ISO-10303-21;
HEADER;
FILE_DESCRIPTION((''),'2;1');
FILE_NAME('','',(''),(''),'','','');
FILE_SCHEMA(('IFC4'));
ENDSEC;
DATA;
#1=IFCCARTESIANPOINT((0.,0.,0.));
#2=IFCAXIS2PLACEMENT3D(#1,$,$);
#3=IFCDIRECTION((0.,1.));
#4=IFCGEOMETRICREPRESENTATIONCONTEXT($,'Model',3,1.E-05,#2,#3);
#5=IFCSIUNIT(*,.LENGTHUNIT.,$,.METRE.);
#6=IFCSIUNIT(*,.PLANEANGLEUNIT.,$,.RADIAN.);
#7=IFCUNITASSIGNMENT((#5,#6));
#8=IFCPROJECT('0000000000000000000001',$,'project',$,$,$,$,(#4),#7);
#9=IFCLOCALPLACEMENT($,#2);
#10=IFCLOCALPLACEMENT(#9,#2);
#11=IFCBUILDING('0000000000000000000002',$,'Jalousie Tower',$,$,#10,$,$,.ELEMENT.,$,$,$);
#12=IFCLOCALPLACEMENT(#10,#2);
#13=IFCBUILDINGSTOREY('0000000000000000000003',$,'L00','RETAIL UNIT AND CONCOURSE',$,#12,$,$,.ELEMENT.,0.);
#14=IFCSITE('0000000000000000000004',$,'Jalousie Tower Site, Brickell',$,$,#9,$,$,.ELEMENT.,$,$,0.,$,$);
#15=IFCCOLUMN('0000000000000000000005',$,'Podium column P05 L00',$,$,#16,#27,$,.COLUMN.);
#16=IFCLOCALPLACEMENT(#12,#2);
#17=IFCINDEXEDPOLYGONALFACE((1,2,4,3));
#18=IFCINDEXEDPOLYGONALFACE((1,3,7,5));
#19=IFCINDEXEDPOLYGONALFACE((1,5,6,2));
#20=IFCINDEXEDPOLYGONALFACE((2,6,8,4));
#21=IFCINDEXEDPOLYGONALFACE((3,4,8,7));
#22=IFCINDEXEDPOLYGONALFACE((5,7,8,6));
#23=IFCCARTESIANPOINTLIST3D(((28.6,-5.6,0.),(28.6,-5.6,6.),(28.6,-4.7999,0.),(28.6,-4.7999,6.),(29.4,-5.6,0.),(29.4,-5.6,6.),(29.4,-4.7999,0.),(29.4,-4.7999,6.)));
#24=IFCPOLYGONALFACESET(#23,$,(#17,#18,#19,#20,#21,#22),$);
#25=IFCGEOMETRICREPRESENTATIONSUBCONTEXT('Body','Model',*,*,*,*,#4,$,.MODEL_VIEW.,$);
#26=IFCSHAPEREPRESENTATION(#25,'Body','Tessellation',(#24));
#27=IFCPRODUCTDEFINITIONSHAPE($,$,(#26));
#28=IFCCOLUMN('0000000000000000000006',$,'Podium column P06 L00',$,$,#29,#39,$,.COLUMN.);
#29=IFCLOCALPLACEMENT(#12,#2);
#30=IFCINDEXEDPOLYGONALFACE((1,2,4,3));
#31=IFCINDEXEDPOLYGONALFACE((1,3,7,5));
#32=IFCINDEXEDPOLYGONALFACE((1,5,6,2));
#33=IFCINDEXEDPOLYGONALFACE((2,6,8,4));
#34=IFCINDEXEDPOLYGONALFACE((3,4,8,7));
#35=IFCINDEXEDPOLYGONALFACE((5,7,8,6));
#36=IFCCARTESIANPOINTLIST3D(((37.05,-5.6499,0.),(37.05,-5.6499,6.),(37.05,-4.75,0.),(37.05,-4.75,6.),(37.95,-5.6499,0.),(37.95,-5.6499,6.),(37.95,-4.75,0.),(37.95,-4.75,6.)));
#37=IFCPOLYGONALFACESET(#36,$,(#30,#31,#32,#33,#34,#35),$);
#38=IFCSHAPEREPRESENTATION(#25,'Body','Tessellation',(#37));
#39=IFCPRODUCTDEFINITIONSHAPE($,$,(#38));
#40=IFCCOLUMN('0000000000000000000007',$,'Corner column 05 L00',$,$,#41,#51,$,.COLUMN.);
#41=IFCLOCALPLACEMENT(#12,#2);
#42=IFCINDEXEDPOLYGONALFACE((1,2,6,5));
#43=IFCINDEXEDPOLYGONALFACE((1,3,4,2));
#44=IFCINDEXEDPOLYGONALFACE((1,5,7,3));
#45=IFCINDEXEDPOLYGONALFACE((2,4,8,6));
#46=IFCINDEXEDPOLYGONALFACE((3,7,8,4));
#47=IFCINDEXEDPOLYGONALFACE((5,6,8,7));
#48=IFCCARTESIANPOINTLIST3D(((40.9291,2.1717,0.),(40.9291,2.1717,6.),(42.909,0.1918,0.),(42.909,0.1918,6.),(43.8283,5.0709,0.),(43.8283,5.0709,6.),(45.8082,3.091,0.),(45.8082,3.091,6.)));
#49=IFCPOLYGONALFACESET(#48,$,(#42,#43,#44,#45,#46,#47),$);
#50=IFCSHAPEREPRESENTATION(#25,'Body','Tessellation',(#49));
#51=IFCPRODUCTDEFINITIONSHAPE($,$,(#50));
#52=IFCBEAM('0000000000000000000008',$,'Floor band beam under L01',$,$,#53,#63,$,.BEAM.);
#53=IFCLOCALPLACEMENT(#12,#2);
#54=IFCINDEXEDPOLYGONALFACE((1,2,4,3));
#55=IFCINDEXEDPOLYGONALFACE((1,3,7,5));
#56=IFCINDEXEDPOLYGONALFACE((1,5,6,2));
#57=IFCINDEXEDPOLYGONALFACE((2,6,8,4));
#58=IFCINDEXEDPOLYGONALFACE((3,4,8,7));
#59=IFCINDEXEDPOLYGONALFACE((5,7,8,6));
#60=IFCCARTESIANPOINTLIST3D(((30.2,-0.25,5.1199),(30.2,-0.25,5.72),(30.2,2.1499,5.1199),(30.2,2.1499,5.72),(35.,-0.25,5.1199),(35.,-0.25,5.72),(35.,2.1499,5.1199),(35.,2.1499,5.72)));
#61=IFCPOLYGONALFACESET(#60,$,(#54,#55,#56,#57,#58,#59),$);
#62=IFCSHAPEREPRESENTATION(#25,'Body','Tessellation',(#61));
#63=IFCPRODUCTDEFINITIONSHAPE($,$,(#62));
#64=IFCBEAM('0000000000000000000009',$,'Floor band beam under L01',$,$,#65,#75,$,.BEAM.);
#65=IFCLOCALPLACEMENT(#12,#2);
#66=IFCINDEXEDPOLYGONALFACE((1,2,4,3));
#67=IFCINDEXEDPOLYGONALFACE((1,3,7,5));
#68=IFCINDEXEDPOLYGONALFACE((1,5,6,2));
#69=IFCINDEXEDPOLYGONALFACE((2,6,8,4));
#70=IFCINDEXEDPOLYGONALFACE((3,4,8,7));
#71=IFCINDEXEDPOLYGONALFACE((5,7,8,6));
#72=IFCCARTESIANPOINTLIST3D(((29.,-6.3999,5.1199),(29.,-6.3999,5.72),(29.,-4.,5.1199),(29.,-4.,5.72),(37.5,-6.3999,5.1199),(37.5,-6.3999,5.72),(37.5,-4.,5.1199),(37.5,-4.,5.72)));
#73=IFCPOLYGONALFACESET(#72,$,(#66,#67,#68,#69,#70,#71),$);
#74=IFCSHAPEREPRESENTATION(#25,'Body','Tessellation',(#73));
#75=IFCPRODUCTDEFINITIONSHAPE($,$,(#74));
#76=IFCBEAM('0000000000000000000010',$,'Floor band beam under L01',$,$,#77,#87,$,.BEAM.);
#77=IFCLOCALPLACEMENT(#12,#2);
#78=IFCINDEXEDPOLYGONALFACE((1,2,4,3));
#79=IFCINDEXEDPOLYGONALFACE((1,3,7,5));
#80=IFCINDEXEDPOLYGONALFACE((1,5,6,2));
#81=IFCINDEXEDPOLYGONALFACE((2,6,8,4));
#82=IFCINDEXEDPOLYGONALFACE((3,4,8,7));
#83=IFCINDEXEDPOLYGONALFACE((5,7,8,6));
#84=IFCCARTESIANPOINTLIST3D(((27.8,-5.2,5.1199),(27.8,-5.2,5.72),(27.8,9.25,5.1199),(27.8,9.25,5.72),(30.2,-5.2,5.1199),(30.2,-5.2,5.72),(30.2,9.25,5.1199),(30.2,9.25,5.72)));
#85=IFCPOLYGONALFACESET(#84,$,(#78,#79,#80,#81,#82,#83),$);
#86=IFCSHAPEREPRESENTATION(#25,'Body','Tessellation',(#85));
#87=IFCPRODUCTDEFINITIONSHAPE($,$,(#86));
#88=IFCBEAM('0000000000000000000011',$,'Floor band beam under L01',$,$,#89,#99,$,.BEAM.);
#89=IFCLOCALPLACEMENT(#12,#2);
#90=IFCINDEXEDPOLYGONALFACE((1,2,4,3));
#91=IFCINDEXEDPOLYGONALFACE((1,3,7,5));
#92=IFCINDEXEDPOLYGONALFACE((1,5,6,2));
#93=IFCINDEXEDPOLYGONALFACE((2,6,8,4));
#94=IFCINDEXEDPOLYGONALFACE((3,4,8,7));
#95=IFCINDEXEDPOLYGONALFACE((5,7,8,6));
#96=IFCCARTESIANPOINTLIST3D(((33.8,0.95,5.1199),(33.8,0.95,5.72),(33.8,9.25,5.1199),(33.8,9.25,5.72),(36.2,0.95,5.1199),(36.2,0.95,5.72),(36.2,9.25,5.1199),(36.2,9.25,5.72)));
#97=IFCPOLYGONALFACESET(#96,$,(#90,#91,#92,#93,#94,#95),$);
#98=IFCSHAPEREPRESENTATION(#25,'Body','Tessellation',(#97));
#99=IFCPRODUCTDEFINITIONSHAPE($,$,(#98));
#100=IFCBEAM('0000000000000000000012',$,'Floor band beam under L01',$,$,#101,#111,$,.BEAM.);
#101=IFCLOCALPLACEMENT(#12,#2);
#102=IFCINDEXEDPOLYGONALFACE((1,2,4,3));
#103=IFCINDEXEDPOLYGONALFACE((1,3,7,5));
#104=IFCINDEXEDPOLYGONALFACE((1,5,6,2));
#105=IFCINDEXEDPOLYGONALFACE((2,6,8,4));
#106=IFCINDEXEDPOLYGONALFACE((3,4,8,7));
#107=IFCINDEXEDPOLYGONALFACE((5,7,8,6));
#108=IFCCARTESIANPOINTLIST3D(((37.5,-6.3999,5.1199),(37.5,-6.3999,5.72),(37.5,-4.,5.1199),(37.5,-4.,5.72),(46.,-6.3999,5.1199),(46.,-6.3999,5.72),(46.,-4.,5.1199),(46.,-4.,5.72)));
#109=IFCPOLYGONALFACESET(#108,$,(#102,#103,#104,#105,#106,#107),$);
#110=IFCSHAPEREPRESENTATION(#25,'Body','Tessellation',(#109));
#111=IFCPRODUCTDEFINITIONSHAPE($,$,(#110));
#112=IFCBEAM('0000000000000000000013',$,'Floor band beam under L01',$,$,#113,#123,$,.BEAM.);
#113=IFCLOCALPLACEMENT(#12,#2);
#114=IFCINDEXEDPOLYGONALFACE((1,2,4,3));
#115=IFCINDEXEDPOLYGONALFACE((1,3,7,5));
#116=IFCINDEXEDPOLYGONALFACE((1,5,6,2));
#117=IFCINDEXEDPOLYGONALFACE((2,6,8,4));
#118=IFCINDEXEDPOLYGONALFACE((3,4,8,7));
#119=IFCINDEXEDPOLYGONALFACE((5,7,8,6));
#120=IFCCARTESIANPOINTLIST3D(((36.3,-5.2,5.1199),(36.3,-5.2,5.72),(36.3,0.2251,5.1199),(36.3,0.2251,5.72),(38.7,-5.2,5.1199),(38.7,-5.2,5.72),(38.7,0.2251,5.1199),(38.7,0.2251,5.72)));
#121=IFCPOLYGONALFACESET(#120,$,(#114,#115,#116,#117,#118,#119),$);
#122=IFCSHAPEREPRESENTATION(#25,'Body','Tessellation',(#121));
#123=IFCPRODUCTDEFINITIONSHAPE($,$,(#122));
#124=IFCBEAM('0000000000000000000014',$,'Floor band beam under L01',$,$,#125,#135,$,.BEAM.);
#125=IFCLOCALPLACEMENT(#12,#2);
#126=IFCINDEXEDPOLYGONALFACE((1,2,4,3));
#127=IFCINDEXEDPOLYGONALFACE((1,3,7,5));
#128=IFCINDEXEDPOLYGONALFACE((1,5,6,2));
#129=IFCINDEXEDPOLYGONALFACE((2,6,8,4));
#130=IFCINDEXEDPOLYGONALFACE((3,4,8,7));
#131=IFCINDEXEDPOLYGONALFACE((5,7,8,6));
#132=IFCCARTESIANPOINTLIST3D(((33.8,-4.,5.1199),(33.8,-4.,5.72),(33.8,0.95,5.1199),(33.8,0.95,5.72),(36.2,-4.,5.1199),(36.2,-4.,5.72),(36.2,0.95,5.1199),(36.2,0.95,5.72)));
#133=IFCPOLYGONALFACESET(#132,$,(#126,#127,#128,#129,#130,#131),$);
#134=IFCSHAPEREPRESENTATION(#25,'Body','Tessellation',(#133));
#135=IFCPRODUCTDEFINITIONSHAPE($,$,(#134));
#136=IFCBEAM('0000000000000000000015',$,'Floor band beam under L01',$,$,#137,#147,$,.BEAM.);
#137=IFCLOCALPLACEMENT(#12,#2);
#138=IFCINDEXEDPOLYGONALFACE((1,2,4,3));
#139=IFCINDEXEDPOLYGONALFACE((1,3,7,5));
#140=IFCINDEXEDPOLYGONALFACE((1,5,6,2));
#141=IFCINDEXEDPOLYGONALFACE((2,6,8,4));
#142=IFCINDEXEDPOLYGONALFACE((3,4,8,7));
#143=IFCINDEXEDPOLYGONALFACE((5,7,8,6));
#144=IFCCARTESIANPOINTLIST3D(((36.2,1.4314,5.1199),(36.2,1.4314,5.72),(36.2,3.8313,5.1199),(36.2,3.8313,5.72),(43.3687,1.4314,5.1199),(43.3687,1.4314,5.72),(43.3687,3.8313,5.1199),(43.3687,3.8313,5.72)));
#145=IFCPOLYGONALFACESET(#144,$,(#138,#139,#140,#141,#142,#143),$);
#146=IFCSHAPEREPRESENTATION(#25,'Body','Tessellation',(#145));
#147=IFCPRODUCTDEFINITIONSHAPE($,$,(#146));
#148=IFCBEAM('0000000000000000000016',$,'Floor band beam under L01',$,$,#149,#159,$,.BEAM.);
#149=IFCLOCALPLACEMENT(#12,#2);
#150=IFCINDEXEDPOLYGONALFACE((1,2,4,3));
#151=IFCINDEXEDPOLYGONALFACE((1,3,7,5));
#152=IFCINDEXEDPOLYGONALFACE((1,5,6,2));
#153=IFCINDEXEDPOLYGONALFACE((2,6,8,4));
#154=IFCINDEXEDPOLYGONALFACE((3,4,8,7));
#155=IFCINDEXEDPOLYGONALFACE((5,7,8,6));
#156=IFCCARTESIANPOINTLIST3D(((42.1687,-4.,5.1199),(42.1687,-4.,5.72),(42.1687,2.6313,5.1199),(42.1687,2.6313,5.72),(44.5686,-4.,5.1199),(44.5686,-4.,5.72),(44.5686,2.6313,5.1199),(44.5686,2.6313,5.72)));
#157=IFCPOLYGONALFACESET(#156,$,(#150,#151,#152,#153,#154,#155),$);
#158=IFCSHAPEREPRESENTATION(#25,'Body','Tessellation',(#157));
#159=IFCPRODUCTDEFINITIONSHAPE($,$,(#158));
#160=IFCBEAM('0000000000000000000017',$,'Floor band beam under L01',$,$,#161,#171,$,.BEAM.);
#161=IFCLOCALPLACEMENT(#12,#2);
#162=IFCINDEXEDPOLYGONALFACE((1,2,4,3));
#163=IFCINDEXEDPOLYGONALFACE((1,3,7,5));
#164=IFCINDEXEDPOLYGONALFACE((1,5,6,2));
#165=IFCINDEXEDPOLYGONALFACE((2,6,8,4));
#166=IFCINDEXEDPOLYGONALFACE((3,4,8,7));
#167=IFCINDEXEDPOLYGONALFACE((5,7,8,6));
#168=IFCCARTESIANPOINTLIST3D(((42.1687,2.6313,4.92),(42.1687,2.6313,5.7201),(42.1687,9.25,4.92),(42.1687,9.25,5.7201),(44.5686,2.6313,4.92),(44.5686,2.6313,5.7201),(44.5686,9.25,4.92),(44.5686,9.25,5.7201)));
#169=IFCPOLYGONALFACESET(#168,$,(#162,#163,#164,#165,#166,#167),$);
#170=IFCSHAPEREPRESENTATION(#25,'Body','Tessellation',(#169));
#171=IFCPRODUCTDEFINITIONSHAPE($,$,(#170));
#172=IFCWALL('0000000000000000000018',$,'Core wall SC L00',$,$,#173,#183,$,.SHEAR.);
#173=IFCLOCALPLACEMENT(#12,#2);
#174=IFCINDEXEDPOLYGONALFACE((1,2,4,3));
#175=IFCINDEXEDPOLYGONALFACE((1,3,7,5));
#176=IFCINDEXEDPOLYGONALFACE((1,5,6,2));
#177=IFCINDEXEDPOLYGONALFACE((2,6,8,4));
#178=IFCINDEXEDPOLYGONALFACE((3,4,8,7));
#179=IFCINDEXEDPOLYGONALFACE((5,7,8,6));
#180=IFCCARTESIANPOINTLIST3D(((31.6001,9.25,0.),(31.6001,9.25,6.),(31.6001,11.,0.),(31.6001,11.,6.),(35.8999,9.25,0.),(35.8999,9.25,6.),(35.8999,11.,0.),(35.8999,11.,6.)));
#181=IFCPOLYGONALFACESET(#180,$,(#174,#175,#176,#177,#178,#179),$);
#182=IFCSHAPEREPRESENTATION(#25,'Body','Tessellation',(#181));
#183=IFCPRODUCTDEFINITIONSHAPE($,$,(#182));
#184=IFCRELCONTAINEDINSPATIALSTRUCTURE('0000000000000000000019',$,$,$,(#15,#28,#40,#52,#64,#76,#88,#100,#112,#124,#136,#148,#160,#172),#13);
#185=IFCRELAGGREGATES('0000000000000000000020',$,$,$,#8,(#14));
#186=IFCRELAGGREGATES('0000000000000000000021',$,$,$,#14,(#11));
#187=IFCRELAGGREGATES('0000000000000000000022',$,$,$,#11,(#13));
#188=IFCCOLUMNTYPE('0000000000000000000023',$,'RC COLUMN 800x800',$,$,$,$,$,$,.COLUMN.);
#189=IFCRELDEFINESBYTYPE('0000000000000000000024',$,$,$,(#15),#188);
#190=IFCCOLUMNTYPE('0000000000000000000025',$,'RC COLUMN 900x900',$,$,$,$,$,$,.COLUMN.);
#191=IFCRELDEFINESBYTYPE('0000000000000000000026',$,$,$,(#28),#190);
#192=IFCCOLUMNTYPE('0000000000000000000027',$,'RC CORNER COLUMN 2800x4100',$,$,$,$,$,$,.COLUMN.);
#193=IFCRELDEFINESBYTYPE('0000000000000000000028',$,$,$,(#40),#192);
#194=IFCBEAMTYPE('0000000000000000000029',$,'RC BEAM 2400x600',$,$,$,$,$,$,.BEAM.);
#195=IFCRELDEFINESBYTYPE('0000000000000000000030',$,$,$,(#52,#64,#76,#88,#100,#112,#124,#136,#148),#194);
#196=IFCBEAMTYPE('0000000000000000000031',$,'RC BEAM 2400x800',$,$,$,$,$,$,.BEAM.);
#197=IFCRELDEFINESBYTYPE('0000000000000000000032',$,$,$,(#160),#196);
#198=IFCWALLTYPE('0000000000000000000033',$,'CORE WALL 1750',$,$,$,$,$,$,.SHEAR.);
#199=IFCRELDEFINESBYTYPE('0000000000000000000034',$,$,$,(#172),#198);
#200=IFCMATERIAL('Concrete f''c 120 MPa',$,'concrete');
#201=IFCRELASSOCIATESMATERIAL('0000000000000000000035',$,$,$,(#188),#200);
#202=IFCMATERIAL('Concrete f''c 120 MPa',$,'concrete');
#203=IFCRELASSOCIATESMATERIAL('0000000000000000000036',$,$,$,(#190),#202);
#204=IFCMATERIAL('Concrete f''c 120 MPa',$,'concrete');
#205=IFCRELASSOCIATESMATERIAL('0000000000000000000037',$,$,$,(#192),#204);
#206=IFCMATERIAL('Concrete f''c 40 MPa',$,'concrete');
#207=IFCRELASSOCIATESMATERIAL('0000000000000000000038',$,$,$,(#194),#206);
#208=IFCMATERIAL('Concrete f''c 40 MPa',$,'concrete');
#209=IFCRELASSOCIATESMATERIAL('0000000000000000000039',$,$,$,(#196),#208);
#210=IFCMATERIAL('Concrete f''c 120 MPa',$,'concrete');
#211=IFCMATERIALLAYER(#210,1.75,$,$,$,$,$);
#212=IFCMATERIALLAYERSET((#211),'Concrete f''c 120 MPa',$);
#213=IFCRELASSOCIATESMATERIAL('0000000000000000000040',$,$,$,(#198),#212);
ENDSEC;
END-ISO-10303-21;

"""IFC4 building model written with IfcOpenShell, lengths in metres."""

from ifc_helpers import new_model, si_unit, direction, frame, frame_2d, origin, origin_2d, place, context, subcontext, project, spatial, rectangle, extrude, material, layer, layer_set, material_profile, profile_set, type_object, element, save


model = new_model("IFC4")

# Units and contexts
model_context = context("Model", 3, precision=1e-05, world=origin(), true_north=direction((0.0, 1.0)))
body_context = subcontext(model_context, "Body", "Model", "MODEL_VIEW")
ifc_project = project(units=[si_unit("LENGTHUNIT", "METRE"), si_unit("PLANEANGLEUNIT", "RADIAN")], contexts=[model_context])

# Site, building, storey
site_placement = place(None, origin())
site = spatial("IfcSite", under=ifc_project, at=site_placement, Name="Jalousie Tower Site, Brickell", CompositionType="ELEMENT", RefElevation=0.0)
building_placement = place(site_placement, origin())
building = spatial("IfcBuilding", under=site, at=building_placement, Name="Jalousie Tower", CompositionType="ELEMENT")
storey_placement = place(building_placement, origin())
storey = spatial("IfcBuildingStorey", under=building, at=storey_placement, Name="L00", Description="RETAIL UNIT AND CONCOURSE", CompositionType="ELEMENT", Elevation=0.0)

# Columns
ifc_material_1 = material(Name="Concrete f'c 120 MPa", Category="concrete")
ifc_material_profile_1 = material_profile(ifc_material_1, rectangle(XDim=0.8, YDim=0.8, at=origin_2d()), Name="RC 800x800")
ifc_profile_set_1 = profile_set([ifc_material_profile_1], Name="Concrete f'c 120 MPa")
column_type_1 = type_object("IfcColumnType", Name="RC COLUMN 800x800", PredefinedType="COLUMN", material=ifc_profile_set_1)
column_1_placement = place(storey_placement, frame((29.0, -5.2, 0.0), z_axis=(0.0, 0.0, 1.0), x_axis=(1.0, 0.0, 0.0)))
element("IfcColumn", 1, at=column_1_placement, inside=storey, type_object=column_type_1, Name="Podium column P05 L00", PredefinedType="COLUMN", context=body_context, shape_type="SweptSolid", body=[
    extrude(rectangle(XDim=0.8, YDim=0.8, at=origin_2d()), origin(), (0.0, 0.0, 1.0), 6.0),
])
ifc_material_2 = material(Name="Concrete f'c 120 MPa", Category="concrete")
ifc_material_profile_2 = material_profile(ifc_material_2, rectangle(XDim=0.8999, YDim=0.8999, at=origin_2d()), Name="RC 900x900")
ifc_profile_set_2 = profile_set([ifc_material_profile_2], Name="Concrete f'c 120 MPa")
column_type_2 = type_object("IfcColumnType", Name="RC COLUMN 900x900", PredefinedType="COLUMN", material=ifc_profile_set_2)
column_2_placement = place(storey_placement, frame((37.5, -5.2, 0.0), z_axis=(0.0, 0.0, 1.0), x_axis=(1.0, 0.0, 0.0)))
element("IfcColumn", 2, at=column_2_placement, inside=storey, type_object=column_type_2, Name="Podium column P06 L00", PredefinedType="COLUMN", context=body_context, shape_type="SweptSolid", body=[
    extrude(rectangle(XDim=0.8999, YDim=0.8999, at=origin_2d()), origin(), (0.0, 0.0, 1.0), 6.0),
])
ifc_material_3 = material(Name="Concrete f'c 120 MPa", Category="concrete")
ifc_material_profile_3 = material_profile(ifc_material_3, rectangle(XDim=2.8, YDim=4.1001, at=origin_2d()), Name="RC 2800x4100")
ifc_profile_set_3 = profile_set([ifc_material_profile_3], Name="Concrete f'c 120 MPa")
column_type_3 = type_object("IfcColumnType", Name="RC CORNER COLUMN 2800x4100", PredefinedType="COLUMN", material=ifc_profile_set_3)
column_3_placement = place(storey_placement, frame((43.3687, 2.6313, 0.0), z_axis=(0.0, 0.0, 1.0), x_axis=(-0.707107, 0.707107, 0.0)))
element("IfcColumn", 3, at=column_3_placement, inside=storey, type_object=column_type_3, Name="Corner column 05 L00", PredefinedType="COLUMN", context=body_context, shape_type="SweptSolid", body=[
    extrude(rectangle(XDim=2.8, YDim=4.1001, at=origin_2d()), origin(), (0.0, 0.0, 1.0), 6.0),
])

# Beams
ifc_material_4 = material(Name="Concrete f'c 40 MPa", Category="concrete")
ifc_material_profile_4 = material_profile(ifc_material_4, rectangle(XDim=2.3999, YDim=0.6001, at=origin_2d()), Name="RC 2400x600")
ifc_profile_set_4 = profile_set([ifc_material_profile_4], Name="Concrete f'c 40 MPa")
beam_type_1 = type_object("IfcBeamType", Name="RC BEAM 2400x600", PredefinedType="BEAM", material=ifc_profile_set_4)
beam_1_placement = place(storey_placement, frame((30.2, 0.95, 5.4199), z_axis=(1.0, 0.0, 0.0), x_axis=(0.0, 1.0, 0.0)))
element("IfcBeam", 4, at=beam_1_placement, inside=storey, type_object=beam_type_1, Name="Floor band beam under L01", PredefinedType="BEAM", context=body_context, shape_type="SweptSolid", body=[
    extrude(rectangle(XDim=2.3999, YDim=0.6001, at=origin_2d()), origin(), (0.0, 0.0, 1.0), 4.8),
])
beam_2_placement = place(storey_placement, frame((29.0, -5.2, 5.4199), z_axis=(1.0, 0.0, 0.0), x_axis=(0.0, 1.0, 0.0)))
element("IfcBeam", 5, at=beam_2_placement, inside=storey, type_object=beam_type_1, Name="Floor band beam under L01", PredefinedType="BEAM", context=body_context, shape_type="SweptSolid", body=[
    extrude(rectangle(XDim=2.3999, YDim=0.6001, at=origin_2d()), origin(), (0.0, 0.0, 1.0), 8.5),
])
beam_3_placement = place(storey_placement, frame((29.0, -5.2, 5.4199), z_axis=(0.0, 1.0, 0.0), x_axis=(-1.0, 0.0, 0.0)))
element("IfcBeam", 6, at=beam_3_placement, inside=storey, type_object=beam_type_1, Name="Floor band beam under L01", PredefinedType="BEAM", context=body_context, shape_type="SweptSolid", body=[
    extrude(rectangle(XDim=2.3999, YDim=0.6001, at=origin_2d()), origin(), (0.0, 0.0, 1.0), 14.45),
])
beam_4_placement = place(storey_placement, frame((35.0, 0.95, 5.4199), z_axis=(0.0, 1.0, 0.0), x_axis=(-1.0, 0.0, 0.0)))
element("IfcBeam", 7, at=beam_4_placement, inside=storey, type_object=beam_type_1, Name="Floor band beam under L01", PredefinedType="BEAM", context=body_context, shape_type="SweptSolid", body=[
    extrude(rectangle(XDim=2.3999, YDim=0.6001, at=origin_2d()), origin(), (0.0, 0.0, 1.0), 8.3),
])
beam_5_placement = place(storey_placement, frame((37.5, -5.2, 5.4199), z_axis=(1.0, 0.0, 0.0), x_axis=(0.0, 1.0, 0.0)))
element("IfcBeam", 8, at=beam_5_placement, inside=storey, type_object=beam_type_1, Name="Floor band beam under L01", PredefinedType="BEAM", context=body_context, shape_type="SweptSolid", body=[
    extrude(rectangle(XDim=2.3999, YDim=0.6001, at=origin_2d()), origin(), (0.0, 0.0, 1.0), 8.5),
])
beam_6_placement = place(storey_placement, frame((37.5, -5.2, 5.4199), z_axis=(0.0, 1.0, 0.0), x_axis=(-1.0, 0.0, 0.0)))
element("IfcBeam", 9, at=beam_6_placement, inside=storey, type_object=beam_type_1, Name="Floor band beam under L01", PredefinedType="BEAM", context=body_context, shape_type="SweptSolid", body=[
    extrude(rectangle(XDim=2.3999, YDim=0.6001, at=origin_2d()), origin(), (0.0, 0.0, 1.0), 5.425),
])
beam_7_placement = place(storey_placement, frame((35.0, 0.95, 5.4199), z_axis=(0.0, -1.0, 0.0), x_axis=(1.0, 0.0, 0.0)))
element("IfcBeam", 10, at=beam_7_placement, inside=storey, type_object=beam_type_1, Name="Floor band beam under L01", PredefinedType="BEAM", context=body_context, shape_type="SweptSolid", body=[
    extrude(rectangle(XDim=2.3999, YDim=0.6001, at=origin_2d()), origin(), (0.0, 0.0, 1.0), 4.95),
])
beam_8_placement = place(storey_placement, frame((43.3687, 2.6313, 5.4199), z_axis=(-1.0, 0.0, 0.0), x_axis=(0.0, -1.0, 0.0)))
element("IfcBeam", 11, at=beam_8_placement, inside=storey, type_object=beam_type_1, Name="Floor band beam under L01", PredefinedType="BEAM", context=body_context, shape_type="SweptSolid", body=[
    extrude(rectangle(XDim=2.3999, YDim=0.6001, at=origin_2d()), origin(), (0.0, 0.0, 1.0), 7.1687),
])
beam_9_placement = place(storey_placement, frame((43.3687, 2.6313, 5.4199), z_axis=(0.0, -1.0, 0.0), x_axis=(1.0, 0.0, 0.0)))
element("IfcBeam", 12, at=beam_9_placement, inside=storey, type_object=beam_type_1, Name="Floor band beam under L01", PredefinedType="BEAM", context=body_context, shape_type="SweptSolid", body=[
    extrude(rectangle(XDim=2.3999, YDim=0.6001, at=origin_2d()), origin(), (0.0, 0.0, 1.0), 6.6313),
])
ifc_material_5 = material(Name="Concrete f'c 40 MPa", Category="concrete")
ifc_material_profile_5 = material_profile(ifc_material_5, rectangle(XDim=2.3999, YDim=0.8, at=origin_2d()), Name="RC 2400x800")
ifc_profile_set_5 = profile_set([ifc_material_profile_5], Name="Concrete f'c 40 MPa")
beam_type_2 = type_object("IfcBeamType", Name="RC BEAM 2400x800", PredefinedType="BEAM", material=ifc_profile_set_5)
beam_10_placement = place(storey_placement, frame((43.3687, 2.6313, 5.3201), z_axis=(0.0, 1.0, 0.0), x_axis=(-1.0, 0.0, 0.0)))
element("IfcBeam", 13, at=beam_10_placement, inside=storey, type_object=beam_type_2, Name="Floor band beam under L01", PredefinedType="BEAM", context=body_context, shape_type="SweptSolid", body=[
    extrude(rectangle(XDim=2.3999, YDim=0.8, at=origin_2d()), origin(), (0.0, 0.0, 1.0), 6.6187),
])

# Wall
ifc_material_6 = material(Name="Concrete f'c 120 MPa", Category="concrete")
ifc_layer_1 = layer(ifc_material_6, 1.75)
ifc_layer_set_1 = layer_set([ifc_layer_1], Name="Concrete f'c 120 MPa")
wall_type_1 = type_object("IfcWallType", Name="CORE WALL 1750", PredefinedType="SHEAR", material=ifc_layer_set_1)
wall_1_placement = place(storey_placement, frame((31.6001, 10.125, 0.0), z_axis=(0.0, 0.0, 1.0), x_axis=(1.0, 0.0, 0.0)))
element("IfcWall", 14, at=wall_1_placement, inside=storey, type_object=wall_type_1, Name="Core wall SC L00", PredefinedType="SHEAR", context=body_context, shape_type="SweptSolid", body=[
    extrude(rectangle(XDim=4.2998, YDim=1.75, at=frame_2d((2.1499, 0.0))), origin(), (0.0, 0.0, 1.0), 6.0),
])

save(model, "model.ifc")
